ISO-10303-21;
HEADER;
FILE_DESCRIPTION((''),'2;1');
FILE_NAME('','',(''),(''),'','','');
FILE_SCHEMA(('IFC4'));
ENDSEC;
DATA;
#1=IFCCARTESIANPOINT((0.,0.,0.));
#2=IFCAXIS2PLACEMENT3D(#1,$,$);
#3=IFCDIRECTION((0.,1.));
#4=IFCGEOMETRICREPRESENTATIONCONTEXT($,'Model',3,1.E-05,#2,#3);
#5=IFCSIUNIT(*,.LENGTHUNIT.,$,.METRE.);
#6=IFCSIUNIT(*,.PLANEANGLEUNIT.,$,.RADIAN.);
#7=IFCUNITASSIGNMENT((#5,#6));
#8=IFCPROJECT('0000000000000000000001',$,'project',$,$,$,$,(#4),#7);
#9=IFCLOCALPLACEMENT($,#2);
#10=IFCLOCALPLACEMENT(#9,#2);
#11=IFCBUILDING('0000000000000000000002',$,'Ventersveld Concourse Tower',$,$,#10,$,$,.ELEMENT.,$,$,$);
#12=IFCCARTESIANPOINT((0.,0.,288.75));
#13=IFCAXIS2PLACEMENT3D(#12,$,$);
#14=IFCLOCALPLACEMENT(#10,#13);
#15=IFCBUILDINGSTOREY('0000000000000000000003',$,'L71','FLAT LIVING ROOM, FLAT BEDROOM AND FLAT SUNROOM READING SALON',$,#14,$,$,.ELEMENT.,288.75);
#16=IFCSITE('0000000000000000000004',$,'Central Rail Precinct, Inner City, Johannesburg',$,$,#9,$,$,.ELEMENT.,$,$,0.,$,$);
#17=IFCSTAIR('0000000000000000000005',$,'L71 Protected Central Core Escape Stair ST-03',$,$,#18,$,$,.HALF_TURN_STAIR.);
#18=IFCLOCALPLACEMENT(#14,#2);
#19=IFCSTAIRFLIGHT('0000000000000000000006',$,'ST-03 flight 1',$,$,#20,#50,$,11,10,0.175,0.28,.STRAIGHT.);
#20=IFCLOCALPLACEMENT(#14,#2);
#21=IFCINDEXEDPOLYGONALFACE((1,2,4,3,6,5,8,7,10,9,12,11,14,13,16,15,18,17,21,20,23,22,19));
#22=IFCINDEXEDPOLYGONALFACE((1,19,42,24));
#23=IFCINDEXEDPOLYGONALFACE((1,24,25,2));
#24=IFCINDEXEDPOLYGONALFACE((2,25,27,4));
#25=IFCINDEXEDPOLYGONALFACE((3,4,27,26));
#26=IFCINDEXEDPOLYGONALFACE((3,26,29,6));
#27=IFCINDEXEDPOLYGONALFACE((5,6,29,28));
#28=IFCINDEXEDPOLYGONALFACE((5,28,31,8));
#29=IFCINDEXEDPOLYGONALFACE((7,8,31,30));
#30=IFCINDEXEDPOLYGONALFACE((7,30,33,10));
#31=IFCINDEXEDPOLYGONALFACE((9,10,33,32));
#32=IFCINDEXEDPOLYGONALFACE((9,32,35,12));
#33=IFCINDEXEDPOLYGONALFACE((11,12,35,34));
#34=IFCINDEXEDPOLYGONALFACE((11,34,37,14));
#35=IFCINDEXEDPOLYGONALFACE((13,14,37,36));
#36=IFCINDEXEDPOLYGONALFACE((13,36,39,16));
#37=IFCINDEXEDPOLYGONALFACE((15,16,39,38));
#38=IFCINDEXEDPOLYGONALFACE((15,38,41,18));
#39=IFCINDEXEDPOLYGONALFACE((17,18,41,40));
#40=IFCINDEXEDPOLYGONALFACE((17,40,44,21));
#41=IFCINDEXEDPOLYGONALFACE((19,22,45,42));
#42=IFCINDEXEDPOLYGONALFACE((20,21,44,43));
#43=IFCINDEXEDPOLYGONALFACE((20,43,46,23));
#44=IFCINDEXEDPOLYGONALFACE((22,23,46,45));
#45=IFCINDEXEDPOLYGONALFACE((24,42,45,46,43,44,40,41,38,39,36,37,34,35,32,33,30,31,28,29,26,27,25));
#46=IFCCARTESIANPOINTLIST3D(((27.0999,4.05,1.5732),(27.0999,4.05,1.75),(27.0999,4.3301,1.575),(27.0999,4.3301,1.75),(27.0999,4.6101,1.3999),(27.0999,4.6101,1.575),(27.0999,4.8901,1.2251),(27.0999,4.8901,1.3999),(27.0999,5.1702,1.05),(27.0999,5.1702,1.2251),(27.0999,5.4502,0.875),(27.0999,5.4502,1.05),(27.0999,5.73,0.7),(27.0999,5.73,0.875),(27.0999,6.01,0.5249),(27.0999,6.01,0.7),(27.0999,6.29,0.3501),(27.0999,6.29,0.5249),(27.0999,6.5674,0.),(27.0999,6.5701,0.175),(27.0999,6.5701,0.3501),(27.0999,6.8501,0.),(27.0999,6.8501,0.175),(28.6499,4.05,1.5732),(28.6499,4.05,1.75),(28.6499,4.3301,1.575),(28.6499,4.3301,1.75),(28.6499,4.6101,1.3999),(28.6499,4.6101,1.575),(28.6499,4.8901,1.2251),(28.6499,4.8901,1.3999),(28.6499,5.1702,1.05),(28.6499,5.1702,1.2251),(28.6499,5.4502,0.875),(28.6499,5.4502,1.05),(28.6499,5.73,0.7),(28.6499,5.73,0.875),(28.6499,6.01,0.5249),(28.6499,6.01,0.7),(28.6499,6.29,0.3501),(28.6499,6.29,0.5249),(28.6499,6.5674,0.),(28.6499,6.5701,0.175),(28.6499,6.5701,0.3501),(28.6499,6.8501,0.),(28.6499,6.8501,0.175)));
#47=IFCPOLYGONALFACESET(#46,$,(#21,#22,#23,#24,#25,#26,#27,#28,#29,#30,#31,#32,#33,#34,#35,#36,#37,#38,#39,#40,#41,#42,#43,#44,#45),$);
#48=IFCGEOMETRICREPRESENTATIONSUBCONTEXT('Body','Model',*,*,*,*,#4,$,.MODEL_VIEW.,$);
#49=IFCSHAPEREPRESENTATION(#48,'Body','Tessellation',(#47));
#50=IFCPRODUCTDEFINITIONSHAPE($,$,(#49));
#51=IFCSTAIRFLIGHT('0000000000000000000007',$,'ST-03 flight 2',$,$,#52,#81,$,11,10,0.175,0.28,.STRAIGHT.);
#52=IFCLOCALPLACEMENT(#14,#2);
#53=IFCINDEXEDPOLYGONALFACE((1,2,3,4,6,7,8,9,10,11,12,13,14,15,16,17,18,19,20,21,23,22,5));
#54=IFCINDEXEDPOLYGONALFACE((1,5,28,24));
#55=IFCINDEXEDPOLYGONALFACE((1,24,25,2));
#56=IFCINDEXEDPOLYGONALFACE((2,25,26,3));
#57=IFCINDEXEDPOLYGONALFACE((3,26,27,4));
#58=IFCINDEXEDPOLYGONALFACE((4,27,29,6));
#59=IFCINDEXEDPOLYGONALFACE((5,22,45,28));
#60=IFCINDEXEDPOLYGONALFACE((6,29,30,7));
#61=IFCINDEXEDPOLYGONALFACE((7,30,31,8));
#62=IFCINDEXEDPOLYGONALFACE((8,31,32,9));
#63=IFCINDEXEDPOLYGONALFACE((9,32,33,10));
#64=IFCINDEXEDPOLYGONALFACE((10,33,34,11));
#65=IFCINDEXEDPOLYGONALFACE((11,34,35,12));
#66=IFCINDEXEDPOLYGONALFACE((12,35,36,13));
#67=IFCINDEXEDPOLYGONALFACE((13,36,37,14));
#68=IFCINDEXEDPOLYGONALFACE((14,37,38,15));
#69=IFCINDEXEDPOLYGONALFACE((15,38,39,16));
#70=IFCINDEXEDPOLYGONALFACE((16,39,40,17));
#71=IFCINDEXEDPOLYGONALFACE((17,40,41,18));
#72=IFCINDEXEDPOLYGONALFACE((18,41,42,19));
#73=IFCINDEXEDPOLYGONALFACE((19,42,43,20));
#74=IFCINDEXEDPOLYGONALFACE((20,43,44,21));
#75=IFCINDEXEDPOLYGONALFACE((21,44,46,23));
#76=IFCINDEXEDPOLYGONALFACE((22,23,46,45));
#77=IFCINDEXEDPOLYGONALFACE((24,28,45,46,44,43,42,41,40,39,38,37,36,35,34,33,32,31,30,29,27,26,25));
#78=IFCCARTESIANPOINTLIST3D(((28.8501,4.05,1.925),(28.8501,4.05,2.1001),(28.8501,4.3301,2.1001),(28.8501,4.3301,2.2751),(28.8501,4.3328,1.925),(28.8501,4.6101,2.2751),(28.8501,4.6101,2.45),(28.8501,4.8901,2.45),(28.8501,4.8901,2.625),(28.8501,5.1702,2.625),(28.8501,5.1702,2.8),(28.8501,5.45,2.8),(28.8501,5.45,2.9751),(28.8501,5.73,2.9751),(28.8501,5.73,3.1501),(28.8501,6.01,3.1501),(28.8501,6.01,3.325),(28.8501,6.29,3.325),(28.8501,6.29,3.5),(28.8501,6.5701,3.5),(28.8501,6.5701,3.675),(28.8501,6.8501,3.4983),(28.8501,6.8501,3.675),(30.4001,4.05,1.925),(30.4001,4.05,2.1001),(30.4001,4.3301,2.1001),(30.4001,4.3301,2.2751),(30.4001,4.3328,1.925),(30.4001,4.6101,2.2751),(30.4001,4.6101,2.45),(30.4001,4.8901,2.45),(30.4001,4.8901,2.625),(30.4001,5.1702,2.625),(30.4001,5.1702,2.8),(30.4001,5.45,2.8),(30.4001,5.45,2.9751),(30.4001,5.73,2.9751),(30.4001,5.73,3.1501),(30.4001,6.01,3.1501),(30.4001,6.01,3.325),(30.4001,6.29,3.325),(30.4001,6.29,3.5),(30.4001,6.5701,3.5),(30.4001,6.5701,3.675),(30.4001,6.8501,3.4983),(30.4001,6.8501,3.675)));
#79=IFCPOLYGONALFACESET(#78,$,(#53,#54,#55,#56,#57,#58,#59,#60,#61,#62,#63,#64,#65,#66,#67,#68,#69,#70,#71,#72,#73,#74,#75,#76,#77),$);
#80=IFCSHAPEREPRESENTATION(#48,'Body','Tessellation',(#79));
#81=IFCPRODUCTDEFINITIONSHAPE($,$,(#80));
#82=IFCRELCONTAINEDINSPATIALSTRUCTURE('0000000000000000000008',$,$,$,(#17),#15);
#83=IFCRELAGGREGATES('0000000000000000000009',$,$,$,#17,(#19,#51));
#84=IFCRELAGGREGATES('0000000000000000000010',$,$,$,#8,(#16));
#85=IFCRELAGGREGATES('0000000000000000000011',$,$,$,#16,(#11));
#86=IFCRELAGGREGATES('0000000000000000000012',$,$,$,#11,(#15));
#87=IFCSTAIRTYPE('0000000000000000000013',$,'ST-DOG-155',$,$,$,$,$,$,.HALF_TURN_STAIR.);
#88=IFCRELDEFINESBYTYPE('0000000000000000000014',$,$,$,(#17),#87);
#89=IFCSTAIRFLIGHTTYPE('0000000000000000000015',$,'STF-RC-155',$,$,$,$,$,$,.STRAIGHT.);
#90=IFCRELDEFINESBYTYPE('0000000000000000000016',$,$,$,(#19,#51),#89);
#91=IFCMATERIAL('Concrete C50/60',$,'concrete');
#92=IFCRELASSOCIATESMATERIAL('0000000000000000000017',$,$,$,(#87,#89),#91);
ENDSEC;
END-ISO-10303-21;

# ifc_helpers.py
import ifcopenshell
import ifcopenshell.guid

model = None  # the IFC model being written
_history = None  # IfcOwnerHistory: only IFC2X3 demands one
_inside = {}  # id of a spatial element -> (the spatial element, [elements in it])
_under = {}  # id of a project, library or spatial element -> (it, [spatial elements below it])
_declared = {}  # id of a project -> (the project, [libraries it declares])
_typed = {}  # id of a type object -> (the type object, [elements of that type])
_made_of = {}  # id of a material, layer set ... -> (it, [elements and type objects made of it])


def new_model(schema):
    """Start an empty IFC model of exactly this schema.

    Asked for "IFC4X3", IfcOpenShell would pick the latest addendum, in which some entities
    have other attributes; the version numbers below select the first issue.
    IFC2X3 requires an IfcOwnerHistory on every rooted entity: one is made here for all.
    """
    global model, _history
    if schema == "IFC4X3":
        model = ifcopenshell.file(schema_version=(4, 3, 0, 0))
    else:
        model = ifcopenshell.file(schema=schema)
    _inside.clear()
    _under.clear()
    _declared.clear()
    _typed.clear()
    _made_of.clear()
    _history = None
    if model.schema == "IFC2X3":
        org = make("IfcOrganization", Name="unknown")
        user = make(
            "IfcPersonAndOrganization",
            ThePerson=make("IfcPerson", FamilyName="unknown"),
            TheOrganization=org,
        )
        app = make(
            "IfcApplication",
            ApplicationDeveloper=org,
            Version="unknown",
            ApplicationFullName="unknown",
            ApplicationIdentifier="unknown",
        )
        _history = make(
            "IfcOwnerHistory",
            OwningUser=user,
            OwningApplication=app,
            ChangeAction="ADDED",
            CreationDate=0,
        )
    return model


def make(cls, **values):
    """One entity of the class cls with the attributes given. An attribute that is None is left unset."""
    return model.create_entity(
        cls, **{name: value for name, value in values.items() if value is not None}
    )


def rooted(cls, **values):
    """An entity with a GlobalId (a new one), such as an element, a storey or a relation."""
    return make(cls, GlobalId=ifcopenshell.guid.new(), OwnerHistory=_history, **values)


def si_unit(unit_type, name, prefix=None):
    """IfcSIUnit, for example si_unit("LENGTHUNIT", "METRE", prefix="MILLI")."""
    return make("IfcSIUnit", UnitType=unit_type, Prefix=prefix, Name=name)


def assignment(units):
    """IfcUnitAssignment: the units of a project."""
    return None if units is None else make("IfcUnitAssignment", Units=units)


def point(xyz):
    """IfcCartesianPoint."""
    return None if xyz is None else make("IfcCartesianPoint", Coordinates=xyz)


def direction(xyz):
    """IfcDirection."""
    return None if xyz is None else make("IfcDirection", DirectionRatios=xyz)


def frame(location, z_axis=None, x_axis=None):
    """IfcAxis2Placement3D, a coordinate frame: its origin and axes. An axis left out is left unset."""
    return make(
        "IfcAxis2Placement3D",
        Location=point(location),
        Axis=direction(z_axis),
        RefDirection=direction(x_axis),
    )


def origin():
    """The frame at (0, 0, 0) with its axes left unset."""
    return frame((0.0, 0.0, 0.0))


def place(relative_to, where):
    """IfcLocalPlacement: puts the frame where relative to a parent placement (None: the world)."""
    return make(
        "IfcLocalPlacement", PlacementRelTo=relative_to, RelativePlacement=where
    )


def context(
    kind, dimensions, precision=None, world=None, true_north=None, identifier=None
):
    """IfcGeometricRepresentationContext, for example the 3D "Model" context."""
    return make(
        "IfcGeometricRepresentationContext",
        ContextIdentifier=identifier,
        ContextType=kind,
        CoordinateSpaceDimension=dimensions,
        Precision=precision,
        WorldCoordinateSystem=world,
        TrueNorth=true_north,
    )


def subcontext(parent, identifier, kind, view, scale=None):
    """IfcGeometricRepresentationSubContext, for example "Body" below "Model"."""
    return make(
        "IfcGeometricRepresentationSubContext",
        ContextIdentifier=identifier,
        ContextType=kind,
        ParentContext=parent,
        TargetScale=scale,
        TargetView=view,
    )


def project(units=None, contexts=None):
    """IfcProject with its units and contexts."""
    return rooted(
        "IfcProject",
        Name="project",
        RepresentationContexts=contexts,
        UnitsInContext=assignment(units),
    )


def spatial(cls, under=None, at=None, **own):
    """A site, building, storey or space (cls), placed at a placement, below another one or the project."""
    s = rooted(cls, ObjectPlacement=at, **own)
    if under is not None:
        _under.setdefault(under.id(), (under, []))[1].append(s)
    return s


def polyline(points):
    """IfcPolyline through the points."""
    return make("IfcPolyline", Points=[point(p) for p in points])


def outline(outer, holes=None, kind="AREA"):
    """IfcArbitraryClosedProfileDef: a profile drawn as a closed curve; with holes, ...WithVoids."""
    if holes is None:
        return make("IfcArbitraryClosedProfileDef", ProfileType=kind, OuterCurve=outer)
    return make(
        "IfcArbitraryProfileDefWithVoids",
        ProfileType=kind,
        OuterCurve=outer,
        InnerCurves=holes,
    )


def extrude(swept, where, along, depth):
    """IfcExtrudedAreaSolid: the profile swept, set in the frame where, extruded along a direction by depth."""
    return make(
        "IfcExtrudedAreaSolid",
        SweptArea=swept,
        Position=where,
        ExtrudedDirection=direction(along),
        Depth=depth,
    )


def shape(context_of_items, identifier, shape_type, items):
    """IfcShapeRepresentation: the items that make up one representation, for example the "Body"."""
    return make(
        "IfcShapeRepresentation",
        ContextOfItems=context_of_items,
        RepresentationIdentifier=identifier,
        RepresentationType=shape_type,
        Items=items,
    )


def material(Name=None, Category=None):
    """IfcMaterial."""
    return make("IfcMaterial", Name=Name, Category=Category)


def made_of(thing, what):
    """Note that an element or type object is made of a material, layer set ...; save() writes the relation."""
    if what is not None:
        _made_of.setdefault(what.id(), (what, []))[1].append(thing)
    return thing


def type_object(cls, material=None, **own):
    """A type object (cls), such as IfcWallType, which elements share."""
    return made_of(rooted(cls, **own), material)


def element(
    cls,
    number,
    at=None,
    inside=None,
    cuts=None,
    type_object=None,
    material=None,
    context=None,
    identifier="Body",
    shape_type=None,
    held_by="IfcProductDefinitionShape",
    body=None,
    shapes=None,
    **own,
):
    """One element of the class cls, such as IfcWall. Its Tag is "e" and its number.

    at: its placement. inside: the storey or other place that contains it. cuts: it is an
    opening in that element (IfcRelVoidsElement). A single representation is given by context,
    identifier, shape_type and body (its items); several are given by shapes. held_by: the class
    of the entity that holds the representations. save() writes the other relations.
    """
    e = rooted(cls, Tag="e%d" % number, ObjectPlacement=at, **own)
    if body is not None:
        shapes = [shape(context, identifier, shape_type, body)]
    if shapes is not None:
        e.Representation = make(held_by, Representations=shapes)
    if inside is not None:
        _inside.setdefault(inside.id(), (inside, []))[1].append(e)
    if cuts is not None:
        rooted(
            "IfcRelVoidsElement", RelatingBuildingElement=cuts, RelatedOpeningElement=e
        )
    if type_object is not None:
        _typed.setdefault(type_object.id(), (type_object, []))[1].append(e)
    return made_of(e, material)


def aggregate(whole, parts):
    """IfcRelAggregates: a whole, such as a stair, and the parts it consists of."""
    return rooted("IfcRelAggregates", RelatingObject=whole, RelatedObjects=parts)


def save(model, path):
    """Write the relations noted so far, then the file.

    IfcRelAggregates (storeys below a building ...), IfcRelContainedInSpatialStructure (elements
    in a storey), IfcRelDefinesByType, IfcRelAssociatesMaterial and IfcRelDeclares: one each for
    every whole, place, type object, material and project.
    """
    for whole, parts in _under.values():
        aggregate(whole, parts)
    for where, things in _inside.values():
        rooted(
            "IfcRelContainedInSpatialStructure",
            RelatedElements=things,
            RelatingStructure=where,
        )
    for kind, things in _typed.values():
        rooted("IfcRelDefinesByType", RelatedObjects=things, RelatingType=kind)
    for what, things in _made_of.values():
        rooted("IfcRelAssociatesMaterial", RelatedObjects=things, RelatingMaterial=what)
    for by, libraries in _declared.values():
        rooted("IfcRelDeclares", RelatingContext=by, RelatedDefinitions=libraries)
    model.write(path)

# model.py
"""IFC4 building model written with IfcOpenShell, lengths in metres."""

from ifc_helpers import new_model, si_unit, direction, frame, origin, place, context, subcontext, project, spatial, polyline, outline, extrude, material, type_object, element, aggregate, save


model = new_model("IFC4")

# Units and contexts
model_context = context("Model", 3, precision=1e-05, world=origin(), true_north=direction((0.0, 1.0)))
body_context = subcontext(model_context, "Body", "Model", "MODEL_VIEW")
ifc_project = project(units=[si_unit("LENGTHUNIT", "METRE"), si_unit("PLANEANGLEUNIT", "RADIAN")], contexts=[model_context])

# Site, building, storey
site_placement = place(None, origin())
site = spatial("IfcSite", under=ifc_project, at=site_placement, Name="Central Rail Precinct, Inner City, Johannesburg", CompositionType="ELEMENT", RefElevation=0.0)
building_placement = place(site_placement, origin())
building = spatial("IfcBuilding", under=site, at=building_placement, Name="Ventersveld Concourse Tower", CompositionType="ELEMENT")
storey_placement = place(building_placement, frame((0.0, 0.0, 288.75)))
storey = spatial("IfcBuildingStorey", under=building, at=storey_placement, Name="L71", Description="FLAT LIVING ROOM, FLAT BEDROOM AND FLAT SUNROOM READING SALON", CompositionType="ELEMENT", Elevation=288.75)

# Shared definitions
ifc_material_1 = material(Name="Concrete C50/60", Category="concrete")

# Stair, stair flights
stair_type = type_object("IfcStairType", Name="ST-DOG-155", PredefinedType="HALF_TURN_STAIR", material=ifc_material_1)
stair_placement = place(storey_placement, origin())
stair = element("IfcStair", 1, at=stair_placement, inside=storey, type_object=stair_type, Name="L71 Protected Central Core Escape Stair ST-03", PredefinedType="HALF_TURN_STAIR")
stair_flight_type = type_object("IfcStairFlightType", Name="STF-RC-155", PredefinedType="STRAIGHT", material=ifc_material_1)
stair_flight_1_placement = place(storey_placement, frame((27.875, 6.8501, 0.0), z_axis=(0.0, 0.0, 1.0), x_axis=(0.0, -1.0, 0.0)))
stair_flight_1 = element("IfcStairFlight", 2, at=stair_flight_1_placement, type_object=stair_flight_type, Name="ST-03 flight 1", NumberOfRisers=11, NumberOfTreads=10, PredefinedType="STRAIGHT", RiserHeight=0.175, TreadLength=0.28, context=body_context, shape_type="SweptSolid", body=[
    extrude(outline(polyline([(0.0, 0.0), (0.0, 0.175), (0.28, 0.175), (0.28, 0.3501), (0.5601, 0.3501), (0.5601, 0.5249), (0.8401, 0.5249), (0.8401, 0.7), (1.1201, 0.7), (1.1201, 0.875), (1.3999, 0.875), (1.3999, 1.05), (1.6799, 1.05), (1.6799, 1.2251), (1.96, 1.2251), (1.96, 1.3999), (2.24, 1.3999), (2.24, 1.575), (2.52, 1.575), (2.52, 1.75), (2.8, 1.75), (2.8, 1.925), (2.8, 1.5732), (0.2827, 0.0), (0.0, 0.0)])), frame((0.0, 0.7749, 0.0), z_axis=(0.0, -1.0, 0.0), x_axis=(1.0, 0.0, 0.0)), (0.0, 0.0, 1.0), 1.55),
])
stair_flight_2_placement = place(storey_placement, frame((29.625, 4.05, 1.925), z_axis=(0.0, 0.0, 1.0), x_axis=(0.0, 1.0, 0.0)))
stair_flight_2 = element("IfcStairFlight", 3, at=stair_flight_2_placement, type_object=stair_flight_type, Name="ST-03 flight 2", NumberOfRisers=11, NumberOfTreads=10, PredefinedType="STRAIGHT", RiserHeight=0.175, TreadLength=0.28, context=body_context, shape_type="SweptSolid", body=[
    extrude(outline(polyline([(0.0, 0.0), (0.0, 0.175), (0.28, 0.175), (0.28, 0.3501), (0.5601, 0.3501), (0.5601, 0.5249), (0.8401, 0.5249), (0.8401, 0.7), (1.1201, 0.7), (1.1201, 0.875), (1.3999, 0.875), (1.3999, 1.05), (1.6799, 1.05), (1.6799, 1.2251), (1.96, 1.2251), (1.96, 1.3999), (2.24, 1.3999), (2.24, 1.575), (2.52, 1.575), (2.52, 1.75), (2.8, 1.75), (2.8, 1.925), (2.8, 1.5732), (0.2827, 0.0), (0.0, 0.0)])), frame((0.0, 0.7749, 0.0), z_axis=(0.0, -1.0, 0.0), x_axis=(1.0, 0.0, 0.0)), (0.0, 0.0, 1.0), 1.55),
])
aggregate(stair, [stair_flight_1, stair_flight_2])

save(model, "model.ifc")
